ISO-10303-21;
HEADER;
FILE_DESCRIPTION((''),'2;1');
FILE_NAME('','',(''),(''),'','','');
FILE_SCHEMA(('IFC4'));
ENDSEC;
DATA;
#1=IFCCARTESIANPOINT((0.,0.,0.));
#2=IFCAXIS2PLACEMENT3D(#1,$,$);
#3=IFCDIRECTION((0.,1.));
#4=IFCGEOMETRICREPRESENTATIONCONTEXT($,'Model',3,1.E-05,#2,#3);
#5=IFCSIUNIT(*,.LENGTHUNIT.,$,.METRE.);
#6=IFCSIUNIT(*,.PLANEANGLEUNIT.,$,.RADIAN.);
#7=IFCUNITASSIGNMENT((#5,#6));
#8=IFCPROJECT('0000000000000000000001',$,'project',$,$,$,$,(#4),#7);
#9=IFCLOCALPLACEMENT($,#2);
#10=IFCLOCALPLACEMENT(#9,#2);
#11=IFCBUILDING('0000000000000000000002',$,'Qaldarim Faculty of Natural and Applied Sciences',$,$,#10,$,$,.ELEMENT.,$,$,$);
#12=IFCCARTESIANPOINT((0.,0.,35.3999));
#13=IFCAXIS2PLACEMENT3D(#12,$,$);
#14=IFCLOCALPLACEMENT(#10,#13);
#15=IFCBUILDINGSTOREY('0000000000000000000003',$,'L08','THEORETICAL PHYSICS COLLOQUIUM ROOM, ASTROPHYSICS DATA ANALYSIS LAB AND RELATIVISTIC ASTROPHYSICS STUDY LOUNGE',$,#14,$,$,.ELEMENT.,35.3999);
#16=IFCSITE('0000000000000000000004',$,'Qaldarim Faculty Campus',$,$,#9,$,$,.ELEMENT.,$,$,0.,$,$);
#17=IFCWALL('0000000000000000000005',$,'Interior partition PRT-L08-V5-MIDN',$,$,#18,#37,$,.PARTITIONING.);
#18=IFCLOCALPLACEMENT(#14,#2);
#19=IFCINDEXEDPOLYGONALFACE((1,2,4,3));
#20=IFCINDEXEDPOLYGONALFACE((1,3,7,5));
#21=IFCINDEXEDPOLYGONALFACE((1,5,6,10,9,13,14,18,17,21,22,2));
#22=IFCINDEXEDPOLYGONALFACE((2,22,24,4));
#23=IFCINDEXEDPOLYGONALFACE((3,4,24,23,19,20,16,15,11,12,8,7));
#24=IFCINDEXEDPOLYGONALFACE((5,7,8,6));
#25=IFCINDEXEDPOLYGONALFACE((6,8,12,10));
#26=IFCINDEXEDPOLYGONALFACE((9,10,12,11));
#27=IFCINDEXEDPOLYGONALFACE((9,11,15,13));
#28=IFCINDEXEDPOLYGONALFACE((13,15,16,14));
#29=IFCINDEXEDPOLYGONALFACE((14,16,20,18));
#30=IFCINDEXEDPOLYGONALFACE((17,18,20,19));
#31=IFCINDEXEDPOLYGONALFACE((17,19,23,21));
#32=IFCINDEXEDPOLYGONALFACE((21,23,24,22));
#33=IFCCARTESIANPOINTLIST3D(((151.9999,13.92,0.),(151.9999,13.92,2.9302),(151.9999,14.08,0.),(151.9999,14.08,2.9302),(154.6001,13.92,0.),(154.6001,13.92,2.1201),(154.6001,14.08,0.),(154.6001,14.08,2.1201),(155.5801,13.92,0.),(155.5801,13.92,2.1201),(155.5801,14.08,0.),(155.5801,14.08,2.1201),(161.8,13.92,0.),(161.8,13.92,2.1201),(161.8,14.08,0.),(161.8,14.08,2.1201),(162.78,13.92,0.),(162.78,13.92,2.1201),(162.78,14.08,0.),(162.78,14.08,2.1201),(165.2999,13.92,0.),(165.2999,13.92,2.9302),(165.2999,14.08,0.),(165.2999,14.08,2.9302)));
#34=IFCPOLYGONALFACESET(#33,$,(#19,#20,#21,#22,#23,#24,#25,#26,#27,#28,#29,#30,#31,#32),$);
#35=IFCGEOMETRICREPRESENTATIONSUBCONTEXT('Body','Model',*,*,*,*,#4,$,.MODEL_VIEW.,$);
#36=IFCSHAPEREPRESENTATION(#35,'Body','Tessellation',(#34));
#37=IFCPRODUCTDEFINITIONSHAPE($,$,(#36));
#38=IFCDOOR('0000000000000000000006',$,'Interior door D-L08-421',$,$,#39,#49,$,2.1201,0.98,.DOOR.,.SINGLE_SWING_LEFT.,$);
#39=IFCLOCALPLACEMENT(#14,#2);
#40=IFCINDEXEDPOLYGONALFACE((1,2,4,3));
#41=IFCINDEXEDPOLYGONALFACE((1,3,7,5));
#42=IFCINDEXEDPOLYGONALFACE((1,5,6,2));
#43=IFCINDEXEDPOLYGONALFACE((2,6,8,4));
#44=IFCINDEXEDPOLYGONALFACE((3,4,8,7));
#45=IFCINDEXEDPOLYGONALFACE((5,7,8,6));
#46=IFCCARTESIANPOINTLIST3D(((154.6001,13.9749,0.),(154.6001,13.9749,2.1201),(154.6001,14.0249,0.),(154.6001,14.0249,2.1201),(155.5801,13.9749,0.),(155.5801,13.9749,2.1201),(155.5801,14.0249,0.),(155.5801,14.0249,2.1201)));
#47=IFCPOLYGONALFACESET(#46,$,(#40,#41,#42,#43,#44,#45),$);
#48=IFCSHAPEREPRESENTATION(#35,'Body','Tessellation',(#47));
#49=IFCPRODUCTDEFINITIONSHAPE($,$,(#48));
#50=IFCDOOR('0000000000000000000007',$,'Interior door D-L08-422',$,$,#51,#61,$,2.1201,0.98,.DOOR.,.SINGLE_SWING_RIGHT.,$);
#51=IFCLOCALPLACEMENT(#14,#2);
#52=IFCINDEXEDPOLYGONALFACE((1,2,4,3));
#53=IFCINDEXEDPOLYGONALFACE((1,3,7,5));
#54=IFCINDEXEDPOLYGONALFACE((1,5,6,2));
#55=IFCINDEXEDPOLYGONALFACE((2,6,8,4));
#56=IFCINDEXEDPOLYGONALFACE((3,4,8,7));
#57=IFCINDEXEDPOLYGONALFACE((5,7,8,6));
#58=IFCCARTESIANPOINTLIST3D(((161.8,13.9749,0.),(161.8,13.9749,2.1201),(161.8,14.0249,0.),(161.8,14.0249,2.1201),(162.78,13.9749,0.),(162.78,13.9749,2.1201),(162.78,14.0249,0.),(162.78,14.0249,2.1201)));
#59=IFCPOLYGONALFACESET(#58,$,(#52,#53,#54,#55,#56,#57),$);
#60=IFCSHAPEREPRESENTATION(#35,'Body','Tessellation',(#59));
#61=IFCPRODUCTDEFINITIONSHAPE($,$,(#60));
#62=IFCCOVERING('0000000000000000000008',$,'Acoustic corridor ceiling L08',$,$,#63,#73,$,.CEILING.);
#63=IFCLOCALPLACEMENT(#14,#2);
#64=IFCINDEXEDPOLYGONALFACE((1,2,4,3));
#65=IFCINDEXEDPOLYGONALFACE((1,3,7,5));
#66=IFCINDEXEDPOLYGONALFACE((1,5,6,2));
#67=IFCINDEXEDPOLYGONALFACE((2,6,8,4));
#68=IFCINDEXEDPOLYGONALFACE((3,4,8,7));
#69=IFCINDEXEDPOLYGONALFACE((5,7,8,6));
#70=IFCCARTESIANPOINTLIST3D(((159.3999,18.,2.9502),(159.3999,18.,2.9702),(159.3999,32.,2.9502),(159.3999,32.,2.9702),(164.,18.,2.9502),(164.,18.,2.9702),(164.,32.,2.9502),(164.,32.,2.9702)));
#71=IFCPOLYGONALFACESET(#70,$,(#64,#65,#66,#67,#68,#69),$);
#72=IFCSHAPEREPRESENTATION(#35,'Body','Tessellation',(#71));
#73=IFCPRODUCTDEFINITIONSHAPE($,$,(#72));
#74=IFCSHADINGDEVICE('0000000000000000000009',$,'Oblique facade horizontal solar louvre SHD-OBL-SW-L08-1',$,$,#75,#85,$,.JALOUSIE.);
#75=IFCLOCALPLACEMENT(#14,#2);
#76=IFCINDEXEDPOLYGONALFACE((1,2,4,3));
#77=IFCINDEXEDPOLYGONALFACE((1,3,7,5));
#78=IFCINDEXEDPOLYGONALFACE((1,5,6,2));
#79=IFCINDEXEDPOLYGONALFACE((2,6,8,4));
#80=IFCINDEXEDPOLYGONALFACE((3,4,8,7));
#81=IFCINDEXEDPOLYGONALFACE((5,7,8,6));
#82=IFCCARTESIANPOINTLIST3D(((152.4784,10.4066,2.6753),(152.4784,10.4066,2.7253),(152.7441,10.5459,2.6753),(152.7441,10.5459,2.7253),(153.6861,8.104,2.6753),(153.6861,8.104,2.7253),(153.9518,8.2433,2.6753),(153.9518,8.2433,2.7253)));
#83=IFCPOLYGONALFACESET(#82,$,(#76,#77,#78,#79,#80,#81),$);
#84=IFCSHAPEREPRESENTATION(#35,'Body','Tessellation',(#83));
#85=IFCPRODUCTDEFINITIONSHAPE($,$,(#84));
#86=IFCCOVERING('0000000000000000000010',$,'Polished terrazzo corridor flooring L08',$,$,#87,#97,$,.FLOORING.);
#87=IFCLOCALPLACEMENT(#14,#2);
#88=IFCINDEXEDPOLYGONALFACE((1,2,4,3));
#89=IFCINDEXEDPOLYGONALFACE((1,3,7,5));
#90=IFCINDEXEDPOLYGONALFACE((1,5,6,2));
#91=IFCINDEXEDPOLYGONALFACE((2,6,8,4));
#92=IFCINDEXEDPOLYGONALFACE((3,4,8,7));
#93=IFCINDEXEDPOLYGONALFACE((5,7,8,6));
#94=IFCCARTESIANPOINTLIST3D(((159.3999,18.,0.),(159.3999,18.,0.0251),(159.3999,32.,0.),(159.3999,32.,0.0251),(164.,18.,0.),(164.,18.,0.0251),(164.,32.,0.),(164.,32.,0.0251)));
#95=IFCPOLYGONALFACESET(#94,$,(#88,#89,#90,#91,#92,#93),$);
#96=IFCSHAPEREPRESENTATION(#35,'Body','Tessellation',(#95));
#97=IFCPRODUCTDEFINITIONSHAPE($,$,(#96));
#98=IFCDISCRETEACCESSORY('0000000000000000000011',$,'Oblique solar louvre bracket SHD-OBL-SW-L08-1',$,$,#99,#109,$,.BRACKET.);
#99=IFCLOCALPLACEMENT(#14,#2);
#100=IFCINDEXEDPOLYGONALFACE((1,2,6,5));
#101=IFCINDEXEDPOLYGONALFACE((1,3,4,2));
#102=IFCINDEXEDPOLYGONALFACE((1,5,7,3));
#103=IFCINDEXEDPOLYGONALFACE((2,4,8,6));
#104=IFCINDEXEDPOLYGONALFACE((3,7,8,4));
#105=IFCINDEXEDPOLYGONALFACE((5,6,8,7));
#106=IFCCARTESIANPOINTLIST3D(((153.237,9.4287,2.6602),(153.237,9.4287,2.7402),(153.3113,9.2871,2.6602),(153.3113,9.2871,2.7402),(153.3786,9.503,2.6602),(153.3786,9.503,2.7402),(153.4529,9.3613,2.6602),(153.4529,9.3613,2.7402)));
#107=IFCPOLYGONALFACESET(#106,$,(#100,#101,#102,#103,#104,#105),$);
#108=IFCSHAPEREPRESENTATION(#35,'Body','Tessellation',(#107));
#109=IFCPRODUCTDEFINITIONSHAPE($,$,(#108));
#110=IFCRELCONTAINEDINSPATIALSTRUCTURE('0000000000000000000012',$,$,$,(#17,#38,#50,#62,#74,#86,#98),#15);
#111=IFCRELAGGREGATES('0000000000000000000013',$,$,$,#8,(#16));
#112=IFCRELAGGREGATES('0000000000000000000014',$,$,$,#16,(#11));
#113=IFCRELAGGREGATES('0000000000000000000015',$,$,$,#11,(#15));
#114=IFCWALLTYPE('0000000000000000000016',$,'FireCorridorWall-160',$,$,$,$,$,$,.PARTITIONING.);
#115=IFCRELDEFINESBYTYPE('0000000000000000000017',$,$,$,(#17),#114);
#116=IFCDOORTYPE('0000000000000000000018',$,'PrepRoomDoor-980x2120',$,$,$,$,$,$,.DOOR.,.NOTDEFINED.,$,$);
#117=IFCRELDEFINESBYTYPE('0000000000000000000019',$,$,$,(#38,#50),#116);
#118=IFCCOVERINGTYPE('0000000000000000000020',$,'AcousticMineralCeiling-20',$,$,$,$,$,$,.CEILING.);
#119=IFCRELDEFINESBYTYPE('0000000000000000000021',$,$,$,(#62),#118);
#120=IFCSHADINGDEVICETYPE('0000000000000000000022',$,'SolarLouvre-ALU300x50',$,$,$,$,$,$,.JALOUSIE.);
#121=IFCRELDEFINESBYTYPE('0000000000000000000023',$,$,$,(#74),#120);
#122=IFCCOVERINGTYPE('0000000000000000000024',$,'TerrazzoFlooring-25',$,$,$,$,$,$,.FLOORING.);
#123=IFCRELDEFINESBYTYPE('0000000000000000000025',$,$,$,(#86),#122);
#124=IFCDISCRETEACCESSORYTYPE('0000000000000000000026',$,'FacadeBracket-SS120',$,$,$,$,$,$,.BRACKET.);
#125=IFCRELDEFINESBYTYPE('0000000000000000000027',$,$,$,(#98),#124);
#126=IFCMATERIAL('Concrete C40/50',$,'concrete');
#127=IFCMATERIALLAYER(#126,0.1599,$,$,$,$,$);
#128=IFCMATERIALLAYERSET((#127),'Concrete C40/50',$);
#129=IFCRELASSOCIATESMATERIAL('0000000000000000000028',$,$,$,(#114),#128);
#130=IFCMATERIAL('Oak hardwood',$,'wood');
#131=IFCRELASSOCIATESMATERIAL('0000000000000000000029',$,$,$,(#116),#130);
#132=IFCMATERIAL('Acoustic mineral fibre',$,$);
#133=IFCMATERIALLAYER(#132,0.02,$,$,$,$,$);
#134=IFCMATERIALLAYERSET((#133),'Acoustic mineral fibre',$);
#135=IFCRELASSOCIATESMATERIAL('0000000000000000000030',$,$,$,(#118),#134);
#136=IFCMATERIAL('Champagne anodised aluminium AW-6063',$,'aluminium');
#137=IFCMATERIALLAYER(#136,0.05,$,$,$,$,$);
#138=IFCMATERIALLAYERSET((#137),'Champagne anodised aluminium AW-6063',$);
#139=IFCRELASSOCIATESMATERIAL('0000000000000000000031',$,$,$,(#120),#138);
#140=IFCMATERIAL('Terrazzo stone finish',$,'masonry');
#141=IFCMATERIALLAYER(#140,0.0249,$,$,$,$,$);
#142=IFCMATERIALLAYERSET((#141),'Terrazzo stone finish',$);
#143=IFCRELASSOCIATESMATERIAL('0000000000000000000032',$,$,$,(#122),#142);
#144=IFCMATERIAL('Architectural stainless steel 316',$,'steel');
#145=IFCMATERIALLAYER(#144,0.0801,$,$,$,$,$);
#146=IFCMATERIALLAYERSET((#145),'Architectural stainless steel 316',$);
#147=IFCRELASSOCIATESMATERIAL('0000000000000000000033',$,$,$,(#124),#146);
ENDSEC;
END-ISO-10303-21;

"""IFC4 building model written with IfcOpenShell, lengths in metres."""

from ifc_helpers import new_model, si_unit, direction, frame, frame_2d, origin, origin_2d, place, context, subcontext, project, spatial, polyline, rectangle, outline, extrude, material, layer, layer_set, type_object, element, fill, save


model = new_model("IFC4")

# Units and contexts
model_context = context("Model", 3, precision=1e-05, world=origin(), true_north=direction((0.0, 1.0)))
body_context = subcontext(model_context, "Body", "Model", "MODEL_VIEW")
ifc_project = project(units=[si_unit("LENGTHUNIT", "METRE"), si_unit("PLANEANGLEUNIT", "RADIAN")], contexts=[model_context])

# Site, building, storey
site_placement = place(None, origin())
site = spatial("IfcSite", under=ifc_project, at=site_placement, Name="Qaldarim Faculty Campus", CompositionType="ELEMENT", RefElevation=0.0)
building_placement = place(site_placement, origin())
building = spatial("IfcBuilding", under=site, at=building_placement, Name="Qaldarim Faculty of Natural and Applied Sciences", CompositionType="ELEMENT")
storey_placement = place(building_placement, frame((0.0, 0.0, 35.3999)))
storey = spatial("IfcBuildingStorey", under=building, at=storey_placement, Name="L08", Description="THEORETICAL PHYSICS COLLOQUIUM ROOM, ASTROPHYSICS DATA ANALYSIS LAB AND RELATIVISTIC ASTROPHYSICS STUDY LOUNGE", CompositionType="ELEMENT", Elevation=35.3999)

# Shared definitions
ifc_material_1 = material(Name="Concrete C40/50", Category="concrete")

# Wall, openings, doors
ifc_layer_1 = layer(ifc_material_1, 0.1599)
ifc_layer_set_1 = layer_set([ifc_layer_1], Name="Concrete C40/50")
wall_type_1 = type_object("IfcWallType", Name="FireCorridorWall-160", PredefinedType="PARTITIONING", material=ifc_layer_set_1)
wall_1_placement = place(storey_placement, frame((152.0, 14.0, 0.0), z_axis=(0.0, 0.0, 1.0), x_axis=(1.0, 0.0, 0.0)))
wall_1 = element("IfcWall", 1, at=wall_1_placement, inside=storey, type_object=wall_type_1, Name="Interior partition PRT-L08-V5-MIDN", PredefinedType="PARTITIONING", context=body_context, shape_type="SweptSolid", body=[
    extrude(rectangle(XDim=13.3, YDim=0.1599, at=frame_2d((6.6499, 0.0))), origin(), (0.0, 0.0, 1.0), 2.9302),
])
opening_1_placement = place(wall_1_placement, frame((2.6001, 0.0, 0.0)))
opening_1 = element("IfcOpeningElement", 2, at=opening_1_placement, cuts=wall_1, PredefinedType="OPENING", context=body_context, shape_type="SweptSolid", body=[
    extrude(rectangle(XDim=0.98, YDim=2.1201, at=frame_2d((0.49, 1.0601))), frame((0.0, 0.0898, 0.0), z_axis=(0.0, -1.0, 0.0), x_axis=(1.0, 0.0, 0.0)), (0.0, 0.0, 1.0), 0.1799),
])
opening_2_placement = place(wall_1_placement, frame((9.8, 0.0, 0.0)))
opening_2 = element("IfcOpeningElement", 3, at=opening_2_placement, cuts=wall_1, PredefinedType="OPENING", context=body_context, shape_type="SweptSolid", body=[
    extrude(rectangle(XDim=0.98, YDim=2.1201, at=frame_2d((0.49, 1.0601))), frame((0.0, 0.0898, 0.0), z_axis=(0.0, -1.0, 0.0), x_axis=(1.0, 0.0, 0.0)), (0.0, 0.0, 1.0), 0.1799),
])
ifc_material_2 = material(Name="Oak hardwood", Category="wood")
door_type = type_object("IfcDoorType", Name="PrepRoomDoor-980x2120", OperationType="NOTDEFINED", PredefinedType="DOOR", material=ifc_material_2)
door_1_placement = place(opening_1_placement, origin())
door_1 = element("IfcDoor", 4, at=door_1_placement, inside=storey, type_object=door_type, Name="Interior door D-L08-421", OperationType="SINGLE_SWING_LEFT", OverallHeight=2.1201, OverallWidth=0.98, PredefinedType="DOOR", context=body_context, shape_type="SweptSolid", body=[
    extrude(rectangle(XDim=0.98, YDim=2.1201, at=frame_2d((0.49, 1.0601))), frame((0.0, 0.0249, 0.0), z_axis=(0.0, -1.0, 0.0), x_axis=(1.0, 0.0, 0.0)), (0.0, 0.0, 1.0), 0.05),
])
fill(opening_1, door_1)
door_2_placement = place(opening_2_placement, origin())
door_2 = element("IfcDoor", 5, at=door_2_placement, inside=storey, type_object=door_type, Name="Interior door D-L08-422", OperationType="SINGLE_SWING_RIGHT", OverallHeight=2.1201, OverallWidth=0.98, PredefinedType="DOOR", context=body_context, shape_type="SweptSolid", body=[
    extrude(rectangle(XDim=0.98, YDim=2.1201, at=frame_2d((0.49, 1.0601))), frame((0.0, 0.0249, 0.0), z_axis=(0.0, -1.0, 0.0), x_axis=(1.0, 0.0, 0.0)), (0.0, 0.0, 1.0), 0.05),
])
fill(opening_2, door_2)

# Covering
ifc_material_3 = material(Name="Acoustic mineral fibre")
ifc_layer_2 = layer(ifc_material_3, 0.02)
ifc_layer_set_2 = layer_set([ifc_layer_2], Name="Acoustic mineral fibre")
covering_type_1 = type_object("IfcCoveringType", Name="AcousticMineralCeiling-20", PredefinedType="CEILING", material=ifc_layer_set_2)
covering_1_placement = place(storey_placement, frame((0.0, 0.0, 2.9502)))
element("IfcCovering", 6, at=covering_1_placement, inside=storey, type_object=covering_type_1, Name="Acoustic corridor ceiling L08", PredefinedType="CEILING", context=body_context, shape_type="SweptSolid", body=[
    extrude(outline(polyline([(159.3999, 18.0), (164.0, 18.0), (164.0, 32.0), (159.3999, 32.0), (159.3999, 18.0)])), origin(), (0.0, 0.0, 1.0), 0.02),
])

# Shading device
ifc_material_4 = material(Name="Champagne anodised aluminium AW-6063", Category="aluminium")
ifc_layer_3 = layer(ifc_material_4, 0.05)
ifc_layer_set_3 = layer_set([ifc_layer_3], Name="Champagne anodised aluminium AW-6063")
shading_device_type = type_object("IfcShadingDeviceType", Name="SolarLouvre-ALU300x50", PredefinedType="JALOUSIE", material=ifc_layer_set_3)
shading_device_placement = place(storey_placement, frame((153.2151, 9.325, 2.6753), z_axis=(0.0, 0.0, 1.0), x_axis=(0.464471, -0.885588, 0.0)))
element("IfcShadingDevice", 7, at=shading_device_placement, inside=storey, type_object=shading_device_type, Name="Oblique facade horizontal solar louvre SHD-OBL-SW-L08-1", PredefinedType="JALOUSIE", context=body_context, shape_type="SweptSolid", body=[
    extrude(rectangle(XDim=2.6001, YDim=0.3, at=origin_2d()), origin(), (0.0, 0.0, 1.0), 0.05),
])

# Covering
ifc_material_5 = material(Name="Terrazzo stone finish", Category="masonry")
ifc_layer_4 = layer(ifc_material_5, 0.0249)
ifc_layer_set_4 = layer_set([ifc_layer_4], Name="Terrazzo stone finish")
covering_type_2 = type_object("IfcCoveringType", Name="TerrazzoFlooring-25", PredefinedType="FLOORING", material=ifc_layer_set_4)
covering_2_placement = place(storey_placement, origin())
element("IfcCovering", 8, at=covering_2_placement, inside=storey, type_object=covering_type_2, Name="Polished terrazzo corridor flooring L08", PredefinedType="FLOORING", context=body_context, shape_type="SweptSolid", body=[
    extrude(outline(polyline([(159.3999, 18.0), (164.0, 18.0), (164.0, 32.0), (159.3999, 32.0), (159.3999, 18.0)])), origin(), (0.0, 0.0, 1.0), 0.0251),
])

# Discrete accessory
ifc_material_6 = material(Name="Architectural stainless steel 316", Category="steel")
ifc_layer_5 = layer(ifc_material_6, 0.0801)
ifc_layer_set_5 = layer_set([ifc_layer_5], Name="Architectural stainless steel 316")
discrete_accessory_type = type_object("IfcDiscreteAccessoryType", Name="FacadeBracket-SS120", PredefinedType="BRACKET", material=ifc_layer_set_5)
discrete_accessory_placement = place(storey_placement, frame((153.345, 9.395, 2.6602), z_axis=(0.0, 0.0, 1.0), x_axis=(0.464471, -0.885588, 0.0)))
element("IfcDiscreteAccessory", 9, at=discrete_accessory_placement, inside=storey, type_object=discrete_accessory_type, Name="Oblique solar louvre bracket SHD-OBL-SW-L08-1", PredefinedType="BRACKET", context=body_context, shape_type="SweptSolid", body=[
    extrude(rectangle(XDim=0.1599, YDim=0.1599, at=origin_2d()), origin(), (0.0, 0.0, 1.0), 0.0801),
])

save(model, "model.ifc")
